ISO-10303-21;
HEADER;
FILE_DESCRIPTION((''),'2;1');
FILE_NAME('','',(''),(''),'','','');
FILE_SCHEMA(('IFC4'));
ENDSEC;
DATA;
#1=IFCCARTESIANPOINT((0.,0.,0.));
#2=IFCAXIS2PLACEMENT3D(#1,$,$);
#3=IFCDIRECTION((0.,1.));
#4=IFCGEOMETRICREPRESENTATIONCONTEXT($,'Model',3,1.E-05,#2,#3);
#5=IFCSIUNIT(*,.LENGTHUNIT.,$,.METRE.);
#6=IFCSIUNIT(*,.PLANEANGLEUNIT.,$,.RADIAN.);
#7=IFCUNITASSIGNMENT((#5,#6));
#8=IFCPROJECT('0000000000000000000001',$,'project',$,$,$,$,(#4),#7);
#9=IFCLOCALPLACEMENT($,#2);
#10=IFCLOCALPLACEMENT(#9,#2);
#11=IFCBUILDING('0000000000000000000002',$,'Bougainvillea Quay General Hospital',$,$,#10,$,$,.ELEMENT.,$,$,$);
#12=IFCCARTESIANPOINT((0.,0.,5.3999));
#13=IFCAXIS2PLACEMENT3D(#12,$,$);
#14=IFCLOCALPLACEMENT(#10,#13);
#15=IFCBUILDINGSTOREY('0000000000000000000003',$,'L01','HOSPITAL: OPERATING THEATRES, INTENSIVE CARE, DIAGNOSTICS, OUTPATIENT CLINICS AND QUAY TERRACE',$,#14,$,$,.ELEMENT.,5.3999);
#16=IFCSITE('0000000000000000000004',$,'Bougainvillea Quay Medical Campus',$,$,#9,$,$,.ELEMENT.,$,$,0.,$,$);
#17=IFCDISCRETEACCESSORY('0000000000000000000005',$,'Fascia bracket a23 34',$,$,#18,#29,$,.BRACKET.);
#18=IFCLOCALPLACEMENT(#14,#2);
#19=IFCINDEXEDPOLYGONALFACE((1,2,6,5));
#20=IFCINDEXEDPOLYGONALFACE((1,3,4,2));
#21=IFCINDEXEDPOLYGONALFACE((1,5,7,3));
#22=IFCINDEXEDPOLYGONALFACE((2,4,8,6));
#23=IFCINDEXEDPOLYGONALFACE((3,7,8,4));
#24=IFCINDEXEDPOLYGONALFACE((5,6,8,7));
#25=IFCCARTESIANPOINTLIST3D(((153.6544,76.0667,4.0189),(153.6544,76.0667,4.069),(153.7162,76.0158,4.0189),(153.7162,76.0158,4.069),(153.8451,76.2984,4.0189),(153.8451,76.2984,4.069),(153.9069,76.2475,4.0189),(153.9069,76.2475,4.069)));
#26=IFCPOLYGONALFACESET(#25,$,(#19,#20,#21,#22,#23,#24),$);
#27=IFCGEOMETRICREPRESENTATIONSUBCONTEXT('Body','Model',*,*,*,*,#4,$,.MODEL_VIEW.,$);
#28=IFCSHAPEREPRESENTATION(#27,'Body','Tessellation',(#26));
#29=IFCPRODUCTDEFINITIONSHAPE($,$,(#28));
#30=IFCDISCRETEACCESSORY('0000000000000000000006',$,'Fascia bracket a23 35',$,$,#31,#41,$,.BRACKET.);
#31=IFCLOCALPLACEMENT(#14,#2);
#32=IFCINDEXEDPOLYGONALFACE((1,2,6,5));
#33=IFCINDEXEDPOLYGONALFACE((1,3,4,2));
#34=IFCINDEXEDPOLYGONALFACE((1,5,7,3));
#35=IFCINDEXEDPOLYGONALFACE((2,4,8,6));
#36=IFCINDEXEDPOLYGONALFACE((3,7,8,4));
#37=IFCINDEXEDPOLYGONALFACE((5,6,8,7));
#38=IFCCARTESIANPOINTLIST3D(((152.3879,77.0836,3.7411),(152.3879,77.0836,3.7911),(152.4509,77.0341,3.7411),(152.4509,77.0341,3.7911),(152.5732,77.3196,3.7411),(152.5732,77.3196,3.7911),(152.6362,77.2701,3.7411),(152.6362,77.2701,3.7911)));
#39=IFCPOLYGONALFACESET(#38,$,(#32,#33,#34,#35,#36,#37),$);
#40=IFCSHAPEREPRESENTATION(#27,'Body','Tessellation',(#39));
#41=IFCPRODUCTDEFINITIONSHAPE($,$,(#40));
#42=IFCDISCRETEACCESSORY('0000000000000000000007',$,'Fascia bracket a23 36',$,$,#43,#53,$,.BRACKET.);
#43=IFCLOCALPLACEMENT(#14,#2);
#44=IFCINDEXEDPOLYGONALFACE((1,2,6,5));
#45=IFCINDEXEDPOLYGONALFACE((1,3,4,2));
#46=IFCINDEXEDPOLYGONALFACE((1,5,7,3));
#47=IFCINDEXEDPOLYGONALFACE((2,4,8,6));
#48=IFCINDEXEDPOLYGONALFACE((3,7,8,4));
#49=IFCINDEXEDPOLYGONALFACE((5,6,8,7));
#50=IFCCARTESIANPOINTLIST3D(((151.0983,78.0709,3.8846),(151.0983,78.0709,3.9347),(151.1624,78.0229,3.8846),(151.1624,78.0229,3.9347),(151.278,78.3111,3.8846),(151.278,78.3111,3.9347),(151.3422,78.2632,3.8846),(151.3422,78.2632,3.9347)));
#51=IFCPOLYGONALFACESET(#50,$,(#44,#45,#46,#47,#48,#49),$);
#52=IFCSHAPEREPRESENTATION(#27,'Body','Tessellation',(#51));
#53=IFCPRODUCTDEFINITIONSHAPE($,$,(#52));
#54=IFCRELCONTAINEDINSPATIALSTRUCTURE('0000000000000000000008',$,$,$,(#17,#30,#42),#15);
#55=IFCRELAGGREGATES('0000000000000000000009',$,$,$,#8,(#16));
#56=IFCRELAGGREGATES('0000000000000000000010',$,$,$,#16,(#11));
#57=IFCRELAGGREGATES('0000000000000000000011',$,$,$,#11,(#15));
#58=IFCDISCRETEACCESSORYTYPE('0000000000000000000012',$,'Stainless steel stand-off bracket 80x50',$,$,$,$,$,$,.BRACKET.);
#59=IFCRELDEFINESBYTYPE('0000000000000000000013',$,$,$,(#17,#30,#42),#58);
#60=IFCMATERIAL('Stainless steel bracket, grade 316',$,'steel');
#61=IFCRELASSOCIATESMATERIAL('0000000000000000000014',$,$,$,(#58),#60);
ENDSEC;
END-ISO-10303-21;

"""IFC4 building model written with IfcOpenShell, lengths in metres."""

from ifc_helpers import new_model, si_unit, direction, frame, origin, origin_2d, place, context, subcontext, project, spatial, rectangle, extrude, material, material_profile, profile_set, type_object, element, save


model = new_model("IFC4")

# Units and contexts
model_context = context("Model", 3, precision=1e-05, world=origin(), true_north=direction((0.0, 1.0)))
body_context = subcontext(model_context, "Body", "Model", "MODEL_VIEW")
ifc_project = project(units=[si_unit("LENGTHUNIT", "METRE"), si_unit("PLANEANGLEUNIT", "RADIAN")], contexts=[model_context])

# Site, building, storey
site_placement = place(None, origin())
site = spatial("IfcSite", under=ifc_project, at=site_placement, Name="Bougainvillea Quay Medical Campus", CompositionType="ELEMENT", RefElevation=0.0)
building_placement = place(site_placement, origin())
building = spatial("IfcBuilding", under=site, at=building_placement, Name="Bougainvillea Quay General Hospital", CompositionType="ELEMENT")
storey_placement = place(building_placement, frame((0.0, 0.0, 5.3999)))
storey = spatial("IfcBuildingStorey", under=building, at=storey_placement, Name="L01", Description="HOSPITAL: OPERATING THEATRES, INTENSIVE CARE, DIAGNOSTICS, OUTPATIENT CLINICS AND QUAY TERRACE", CompositionType="ELEMENT", Elevation=5.3999)

# Discrete accessories
ifc_material_1 = material(Name="Stainless steel bracket, grade 316", Category="steel")
ifc_material_profile_1 = material_profile(ifc_material_1, rectangle(XDim=0.0801, YDim=0.05, at=origin_2d()))
ifc_profile_set_1 = profile_set([ifc_material_profile_1], Name="Stainless steel bracket, grade 316")
discrete_accessory_type_1 = type_object("IfcDiscreteAccessoryType", Name="Stainless steel stand-off bracket 80x50", PredefinedType="BRACKET", material=ifc_profile_set_1)
for number, where, z_axis, x_axis, name in (
    (1, (153.6853, 76.0413, 4.0439), (0.635451, 0.772142, 0.0), (-0.772142, 0.635451, 0.0), "Fascia bracket a23 34"),
    (2, (152.4194, 77.0588, 3.7661), (0.617426, 0.786629, 0.0), (-0.786629, 0.617426, 0.0), "Fascia bracket a23 35"),
    (3, (151.1304, 78.0469, 3.9097), (0.598958, 0.800781, 0.0), (-0.800781, 0.598958, 0.0), "Fascia bracket a23 36"),
):
    element("IfcDiscreteAccessory", number, at=place(storey_placement, frame(where, z_axis=z_axis, x_axis=x_axis)), inside=storey, type_object=discrete_accessory_type_1, Name=name, PredefinedType="BRACKET", context=body_context, shape_type="SweptSolid", body=[
        extrude(rectangle(XDim=0.0801, YDim=0.05, at=origin_2d()), origin(), (0.0, 0.0, 1.0), 0.3),
    ])

save(model, "model.ifc")
